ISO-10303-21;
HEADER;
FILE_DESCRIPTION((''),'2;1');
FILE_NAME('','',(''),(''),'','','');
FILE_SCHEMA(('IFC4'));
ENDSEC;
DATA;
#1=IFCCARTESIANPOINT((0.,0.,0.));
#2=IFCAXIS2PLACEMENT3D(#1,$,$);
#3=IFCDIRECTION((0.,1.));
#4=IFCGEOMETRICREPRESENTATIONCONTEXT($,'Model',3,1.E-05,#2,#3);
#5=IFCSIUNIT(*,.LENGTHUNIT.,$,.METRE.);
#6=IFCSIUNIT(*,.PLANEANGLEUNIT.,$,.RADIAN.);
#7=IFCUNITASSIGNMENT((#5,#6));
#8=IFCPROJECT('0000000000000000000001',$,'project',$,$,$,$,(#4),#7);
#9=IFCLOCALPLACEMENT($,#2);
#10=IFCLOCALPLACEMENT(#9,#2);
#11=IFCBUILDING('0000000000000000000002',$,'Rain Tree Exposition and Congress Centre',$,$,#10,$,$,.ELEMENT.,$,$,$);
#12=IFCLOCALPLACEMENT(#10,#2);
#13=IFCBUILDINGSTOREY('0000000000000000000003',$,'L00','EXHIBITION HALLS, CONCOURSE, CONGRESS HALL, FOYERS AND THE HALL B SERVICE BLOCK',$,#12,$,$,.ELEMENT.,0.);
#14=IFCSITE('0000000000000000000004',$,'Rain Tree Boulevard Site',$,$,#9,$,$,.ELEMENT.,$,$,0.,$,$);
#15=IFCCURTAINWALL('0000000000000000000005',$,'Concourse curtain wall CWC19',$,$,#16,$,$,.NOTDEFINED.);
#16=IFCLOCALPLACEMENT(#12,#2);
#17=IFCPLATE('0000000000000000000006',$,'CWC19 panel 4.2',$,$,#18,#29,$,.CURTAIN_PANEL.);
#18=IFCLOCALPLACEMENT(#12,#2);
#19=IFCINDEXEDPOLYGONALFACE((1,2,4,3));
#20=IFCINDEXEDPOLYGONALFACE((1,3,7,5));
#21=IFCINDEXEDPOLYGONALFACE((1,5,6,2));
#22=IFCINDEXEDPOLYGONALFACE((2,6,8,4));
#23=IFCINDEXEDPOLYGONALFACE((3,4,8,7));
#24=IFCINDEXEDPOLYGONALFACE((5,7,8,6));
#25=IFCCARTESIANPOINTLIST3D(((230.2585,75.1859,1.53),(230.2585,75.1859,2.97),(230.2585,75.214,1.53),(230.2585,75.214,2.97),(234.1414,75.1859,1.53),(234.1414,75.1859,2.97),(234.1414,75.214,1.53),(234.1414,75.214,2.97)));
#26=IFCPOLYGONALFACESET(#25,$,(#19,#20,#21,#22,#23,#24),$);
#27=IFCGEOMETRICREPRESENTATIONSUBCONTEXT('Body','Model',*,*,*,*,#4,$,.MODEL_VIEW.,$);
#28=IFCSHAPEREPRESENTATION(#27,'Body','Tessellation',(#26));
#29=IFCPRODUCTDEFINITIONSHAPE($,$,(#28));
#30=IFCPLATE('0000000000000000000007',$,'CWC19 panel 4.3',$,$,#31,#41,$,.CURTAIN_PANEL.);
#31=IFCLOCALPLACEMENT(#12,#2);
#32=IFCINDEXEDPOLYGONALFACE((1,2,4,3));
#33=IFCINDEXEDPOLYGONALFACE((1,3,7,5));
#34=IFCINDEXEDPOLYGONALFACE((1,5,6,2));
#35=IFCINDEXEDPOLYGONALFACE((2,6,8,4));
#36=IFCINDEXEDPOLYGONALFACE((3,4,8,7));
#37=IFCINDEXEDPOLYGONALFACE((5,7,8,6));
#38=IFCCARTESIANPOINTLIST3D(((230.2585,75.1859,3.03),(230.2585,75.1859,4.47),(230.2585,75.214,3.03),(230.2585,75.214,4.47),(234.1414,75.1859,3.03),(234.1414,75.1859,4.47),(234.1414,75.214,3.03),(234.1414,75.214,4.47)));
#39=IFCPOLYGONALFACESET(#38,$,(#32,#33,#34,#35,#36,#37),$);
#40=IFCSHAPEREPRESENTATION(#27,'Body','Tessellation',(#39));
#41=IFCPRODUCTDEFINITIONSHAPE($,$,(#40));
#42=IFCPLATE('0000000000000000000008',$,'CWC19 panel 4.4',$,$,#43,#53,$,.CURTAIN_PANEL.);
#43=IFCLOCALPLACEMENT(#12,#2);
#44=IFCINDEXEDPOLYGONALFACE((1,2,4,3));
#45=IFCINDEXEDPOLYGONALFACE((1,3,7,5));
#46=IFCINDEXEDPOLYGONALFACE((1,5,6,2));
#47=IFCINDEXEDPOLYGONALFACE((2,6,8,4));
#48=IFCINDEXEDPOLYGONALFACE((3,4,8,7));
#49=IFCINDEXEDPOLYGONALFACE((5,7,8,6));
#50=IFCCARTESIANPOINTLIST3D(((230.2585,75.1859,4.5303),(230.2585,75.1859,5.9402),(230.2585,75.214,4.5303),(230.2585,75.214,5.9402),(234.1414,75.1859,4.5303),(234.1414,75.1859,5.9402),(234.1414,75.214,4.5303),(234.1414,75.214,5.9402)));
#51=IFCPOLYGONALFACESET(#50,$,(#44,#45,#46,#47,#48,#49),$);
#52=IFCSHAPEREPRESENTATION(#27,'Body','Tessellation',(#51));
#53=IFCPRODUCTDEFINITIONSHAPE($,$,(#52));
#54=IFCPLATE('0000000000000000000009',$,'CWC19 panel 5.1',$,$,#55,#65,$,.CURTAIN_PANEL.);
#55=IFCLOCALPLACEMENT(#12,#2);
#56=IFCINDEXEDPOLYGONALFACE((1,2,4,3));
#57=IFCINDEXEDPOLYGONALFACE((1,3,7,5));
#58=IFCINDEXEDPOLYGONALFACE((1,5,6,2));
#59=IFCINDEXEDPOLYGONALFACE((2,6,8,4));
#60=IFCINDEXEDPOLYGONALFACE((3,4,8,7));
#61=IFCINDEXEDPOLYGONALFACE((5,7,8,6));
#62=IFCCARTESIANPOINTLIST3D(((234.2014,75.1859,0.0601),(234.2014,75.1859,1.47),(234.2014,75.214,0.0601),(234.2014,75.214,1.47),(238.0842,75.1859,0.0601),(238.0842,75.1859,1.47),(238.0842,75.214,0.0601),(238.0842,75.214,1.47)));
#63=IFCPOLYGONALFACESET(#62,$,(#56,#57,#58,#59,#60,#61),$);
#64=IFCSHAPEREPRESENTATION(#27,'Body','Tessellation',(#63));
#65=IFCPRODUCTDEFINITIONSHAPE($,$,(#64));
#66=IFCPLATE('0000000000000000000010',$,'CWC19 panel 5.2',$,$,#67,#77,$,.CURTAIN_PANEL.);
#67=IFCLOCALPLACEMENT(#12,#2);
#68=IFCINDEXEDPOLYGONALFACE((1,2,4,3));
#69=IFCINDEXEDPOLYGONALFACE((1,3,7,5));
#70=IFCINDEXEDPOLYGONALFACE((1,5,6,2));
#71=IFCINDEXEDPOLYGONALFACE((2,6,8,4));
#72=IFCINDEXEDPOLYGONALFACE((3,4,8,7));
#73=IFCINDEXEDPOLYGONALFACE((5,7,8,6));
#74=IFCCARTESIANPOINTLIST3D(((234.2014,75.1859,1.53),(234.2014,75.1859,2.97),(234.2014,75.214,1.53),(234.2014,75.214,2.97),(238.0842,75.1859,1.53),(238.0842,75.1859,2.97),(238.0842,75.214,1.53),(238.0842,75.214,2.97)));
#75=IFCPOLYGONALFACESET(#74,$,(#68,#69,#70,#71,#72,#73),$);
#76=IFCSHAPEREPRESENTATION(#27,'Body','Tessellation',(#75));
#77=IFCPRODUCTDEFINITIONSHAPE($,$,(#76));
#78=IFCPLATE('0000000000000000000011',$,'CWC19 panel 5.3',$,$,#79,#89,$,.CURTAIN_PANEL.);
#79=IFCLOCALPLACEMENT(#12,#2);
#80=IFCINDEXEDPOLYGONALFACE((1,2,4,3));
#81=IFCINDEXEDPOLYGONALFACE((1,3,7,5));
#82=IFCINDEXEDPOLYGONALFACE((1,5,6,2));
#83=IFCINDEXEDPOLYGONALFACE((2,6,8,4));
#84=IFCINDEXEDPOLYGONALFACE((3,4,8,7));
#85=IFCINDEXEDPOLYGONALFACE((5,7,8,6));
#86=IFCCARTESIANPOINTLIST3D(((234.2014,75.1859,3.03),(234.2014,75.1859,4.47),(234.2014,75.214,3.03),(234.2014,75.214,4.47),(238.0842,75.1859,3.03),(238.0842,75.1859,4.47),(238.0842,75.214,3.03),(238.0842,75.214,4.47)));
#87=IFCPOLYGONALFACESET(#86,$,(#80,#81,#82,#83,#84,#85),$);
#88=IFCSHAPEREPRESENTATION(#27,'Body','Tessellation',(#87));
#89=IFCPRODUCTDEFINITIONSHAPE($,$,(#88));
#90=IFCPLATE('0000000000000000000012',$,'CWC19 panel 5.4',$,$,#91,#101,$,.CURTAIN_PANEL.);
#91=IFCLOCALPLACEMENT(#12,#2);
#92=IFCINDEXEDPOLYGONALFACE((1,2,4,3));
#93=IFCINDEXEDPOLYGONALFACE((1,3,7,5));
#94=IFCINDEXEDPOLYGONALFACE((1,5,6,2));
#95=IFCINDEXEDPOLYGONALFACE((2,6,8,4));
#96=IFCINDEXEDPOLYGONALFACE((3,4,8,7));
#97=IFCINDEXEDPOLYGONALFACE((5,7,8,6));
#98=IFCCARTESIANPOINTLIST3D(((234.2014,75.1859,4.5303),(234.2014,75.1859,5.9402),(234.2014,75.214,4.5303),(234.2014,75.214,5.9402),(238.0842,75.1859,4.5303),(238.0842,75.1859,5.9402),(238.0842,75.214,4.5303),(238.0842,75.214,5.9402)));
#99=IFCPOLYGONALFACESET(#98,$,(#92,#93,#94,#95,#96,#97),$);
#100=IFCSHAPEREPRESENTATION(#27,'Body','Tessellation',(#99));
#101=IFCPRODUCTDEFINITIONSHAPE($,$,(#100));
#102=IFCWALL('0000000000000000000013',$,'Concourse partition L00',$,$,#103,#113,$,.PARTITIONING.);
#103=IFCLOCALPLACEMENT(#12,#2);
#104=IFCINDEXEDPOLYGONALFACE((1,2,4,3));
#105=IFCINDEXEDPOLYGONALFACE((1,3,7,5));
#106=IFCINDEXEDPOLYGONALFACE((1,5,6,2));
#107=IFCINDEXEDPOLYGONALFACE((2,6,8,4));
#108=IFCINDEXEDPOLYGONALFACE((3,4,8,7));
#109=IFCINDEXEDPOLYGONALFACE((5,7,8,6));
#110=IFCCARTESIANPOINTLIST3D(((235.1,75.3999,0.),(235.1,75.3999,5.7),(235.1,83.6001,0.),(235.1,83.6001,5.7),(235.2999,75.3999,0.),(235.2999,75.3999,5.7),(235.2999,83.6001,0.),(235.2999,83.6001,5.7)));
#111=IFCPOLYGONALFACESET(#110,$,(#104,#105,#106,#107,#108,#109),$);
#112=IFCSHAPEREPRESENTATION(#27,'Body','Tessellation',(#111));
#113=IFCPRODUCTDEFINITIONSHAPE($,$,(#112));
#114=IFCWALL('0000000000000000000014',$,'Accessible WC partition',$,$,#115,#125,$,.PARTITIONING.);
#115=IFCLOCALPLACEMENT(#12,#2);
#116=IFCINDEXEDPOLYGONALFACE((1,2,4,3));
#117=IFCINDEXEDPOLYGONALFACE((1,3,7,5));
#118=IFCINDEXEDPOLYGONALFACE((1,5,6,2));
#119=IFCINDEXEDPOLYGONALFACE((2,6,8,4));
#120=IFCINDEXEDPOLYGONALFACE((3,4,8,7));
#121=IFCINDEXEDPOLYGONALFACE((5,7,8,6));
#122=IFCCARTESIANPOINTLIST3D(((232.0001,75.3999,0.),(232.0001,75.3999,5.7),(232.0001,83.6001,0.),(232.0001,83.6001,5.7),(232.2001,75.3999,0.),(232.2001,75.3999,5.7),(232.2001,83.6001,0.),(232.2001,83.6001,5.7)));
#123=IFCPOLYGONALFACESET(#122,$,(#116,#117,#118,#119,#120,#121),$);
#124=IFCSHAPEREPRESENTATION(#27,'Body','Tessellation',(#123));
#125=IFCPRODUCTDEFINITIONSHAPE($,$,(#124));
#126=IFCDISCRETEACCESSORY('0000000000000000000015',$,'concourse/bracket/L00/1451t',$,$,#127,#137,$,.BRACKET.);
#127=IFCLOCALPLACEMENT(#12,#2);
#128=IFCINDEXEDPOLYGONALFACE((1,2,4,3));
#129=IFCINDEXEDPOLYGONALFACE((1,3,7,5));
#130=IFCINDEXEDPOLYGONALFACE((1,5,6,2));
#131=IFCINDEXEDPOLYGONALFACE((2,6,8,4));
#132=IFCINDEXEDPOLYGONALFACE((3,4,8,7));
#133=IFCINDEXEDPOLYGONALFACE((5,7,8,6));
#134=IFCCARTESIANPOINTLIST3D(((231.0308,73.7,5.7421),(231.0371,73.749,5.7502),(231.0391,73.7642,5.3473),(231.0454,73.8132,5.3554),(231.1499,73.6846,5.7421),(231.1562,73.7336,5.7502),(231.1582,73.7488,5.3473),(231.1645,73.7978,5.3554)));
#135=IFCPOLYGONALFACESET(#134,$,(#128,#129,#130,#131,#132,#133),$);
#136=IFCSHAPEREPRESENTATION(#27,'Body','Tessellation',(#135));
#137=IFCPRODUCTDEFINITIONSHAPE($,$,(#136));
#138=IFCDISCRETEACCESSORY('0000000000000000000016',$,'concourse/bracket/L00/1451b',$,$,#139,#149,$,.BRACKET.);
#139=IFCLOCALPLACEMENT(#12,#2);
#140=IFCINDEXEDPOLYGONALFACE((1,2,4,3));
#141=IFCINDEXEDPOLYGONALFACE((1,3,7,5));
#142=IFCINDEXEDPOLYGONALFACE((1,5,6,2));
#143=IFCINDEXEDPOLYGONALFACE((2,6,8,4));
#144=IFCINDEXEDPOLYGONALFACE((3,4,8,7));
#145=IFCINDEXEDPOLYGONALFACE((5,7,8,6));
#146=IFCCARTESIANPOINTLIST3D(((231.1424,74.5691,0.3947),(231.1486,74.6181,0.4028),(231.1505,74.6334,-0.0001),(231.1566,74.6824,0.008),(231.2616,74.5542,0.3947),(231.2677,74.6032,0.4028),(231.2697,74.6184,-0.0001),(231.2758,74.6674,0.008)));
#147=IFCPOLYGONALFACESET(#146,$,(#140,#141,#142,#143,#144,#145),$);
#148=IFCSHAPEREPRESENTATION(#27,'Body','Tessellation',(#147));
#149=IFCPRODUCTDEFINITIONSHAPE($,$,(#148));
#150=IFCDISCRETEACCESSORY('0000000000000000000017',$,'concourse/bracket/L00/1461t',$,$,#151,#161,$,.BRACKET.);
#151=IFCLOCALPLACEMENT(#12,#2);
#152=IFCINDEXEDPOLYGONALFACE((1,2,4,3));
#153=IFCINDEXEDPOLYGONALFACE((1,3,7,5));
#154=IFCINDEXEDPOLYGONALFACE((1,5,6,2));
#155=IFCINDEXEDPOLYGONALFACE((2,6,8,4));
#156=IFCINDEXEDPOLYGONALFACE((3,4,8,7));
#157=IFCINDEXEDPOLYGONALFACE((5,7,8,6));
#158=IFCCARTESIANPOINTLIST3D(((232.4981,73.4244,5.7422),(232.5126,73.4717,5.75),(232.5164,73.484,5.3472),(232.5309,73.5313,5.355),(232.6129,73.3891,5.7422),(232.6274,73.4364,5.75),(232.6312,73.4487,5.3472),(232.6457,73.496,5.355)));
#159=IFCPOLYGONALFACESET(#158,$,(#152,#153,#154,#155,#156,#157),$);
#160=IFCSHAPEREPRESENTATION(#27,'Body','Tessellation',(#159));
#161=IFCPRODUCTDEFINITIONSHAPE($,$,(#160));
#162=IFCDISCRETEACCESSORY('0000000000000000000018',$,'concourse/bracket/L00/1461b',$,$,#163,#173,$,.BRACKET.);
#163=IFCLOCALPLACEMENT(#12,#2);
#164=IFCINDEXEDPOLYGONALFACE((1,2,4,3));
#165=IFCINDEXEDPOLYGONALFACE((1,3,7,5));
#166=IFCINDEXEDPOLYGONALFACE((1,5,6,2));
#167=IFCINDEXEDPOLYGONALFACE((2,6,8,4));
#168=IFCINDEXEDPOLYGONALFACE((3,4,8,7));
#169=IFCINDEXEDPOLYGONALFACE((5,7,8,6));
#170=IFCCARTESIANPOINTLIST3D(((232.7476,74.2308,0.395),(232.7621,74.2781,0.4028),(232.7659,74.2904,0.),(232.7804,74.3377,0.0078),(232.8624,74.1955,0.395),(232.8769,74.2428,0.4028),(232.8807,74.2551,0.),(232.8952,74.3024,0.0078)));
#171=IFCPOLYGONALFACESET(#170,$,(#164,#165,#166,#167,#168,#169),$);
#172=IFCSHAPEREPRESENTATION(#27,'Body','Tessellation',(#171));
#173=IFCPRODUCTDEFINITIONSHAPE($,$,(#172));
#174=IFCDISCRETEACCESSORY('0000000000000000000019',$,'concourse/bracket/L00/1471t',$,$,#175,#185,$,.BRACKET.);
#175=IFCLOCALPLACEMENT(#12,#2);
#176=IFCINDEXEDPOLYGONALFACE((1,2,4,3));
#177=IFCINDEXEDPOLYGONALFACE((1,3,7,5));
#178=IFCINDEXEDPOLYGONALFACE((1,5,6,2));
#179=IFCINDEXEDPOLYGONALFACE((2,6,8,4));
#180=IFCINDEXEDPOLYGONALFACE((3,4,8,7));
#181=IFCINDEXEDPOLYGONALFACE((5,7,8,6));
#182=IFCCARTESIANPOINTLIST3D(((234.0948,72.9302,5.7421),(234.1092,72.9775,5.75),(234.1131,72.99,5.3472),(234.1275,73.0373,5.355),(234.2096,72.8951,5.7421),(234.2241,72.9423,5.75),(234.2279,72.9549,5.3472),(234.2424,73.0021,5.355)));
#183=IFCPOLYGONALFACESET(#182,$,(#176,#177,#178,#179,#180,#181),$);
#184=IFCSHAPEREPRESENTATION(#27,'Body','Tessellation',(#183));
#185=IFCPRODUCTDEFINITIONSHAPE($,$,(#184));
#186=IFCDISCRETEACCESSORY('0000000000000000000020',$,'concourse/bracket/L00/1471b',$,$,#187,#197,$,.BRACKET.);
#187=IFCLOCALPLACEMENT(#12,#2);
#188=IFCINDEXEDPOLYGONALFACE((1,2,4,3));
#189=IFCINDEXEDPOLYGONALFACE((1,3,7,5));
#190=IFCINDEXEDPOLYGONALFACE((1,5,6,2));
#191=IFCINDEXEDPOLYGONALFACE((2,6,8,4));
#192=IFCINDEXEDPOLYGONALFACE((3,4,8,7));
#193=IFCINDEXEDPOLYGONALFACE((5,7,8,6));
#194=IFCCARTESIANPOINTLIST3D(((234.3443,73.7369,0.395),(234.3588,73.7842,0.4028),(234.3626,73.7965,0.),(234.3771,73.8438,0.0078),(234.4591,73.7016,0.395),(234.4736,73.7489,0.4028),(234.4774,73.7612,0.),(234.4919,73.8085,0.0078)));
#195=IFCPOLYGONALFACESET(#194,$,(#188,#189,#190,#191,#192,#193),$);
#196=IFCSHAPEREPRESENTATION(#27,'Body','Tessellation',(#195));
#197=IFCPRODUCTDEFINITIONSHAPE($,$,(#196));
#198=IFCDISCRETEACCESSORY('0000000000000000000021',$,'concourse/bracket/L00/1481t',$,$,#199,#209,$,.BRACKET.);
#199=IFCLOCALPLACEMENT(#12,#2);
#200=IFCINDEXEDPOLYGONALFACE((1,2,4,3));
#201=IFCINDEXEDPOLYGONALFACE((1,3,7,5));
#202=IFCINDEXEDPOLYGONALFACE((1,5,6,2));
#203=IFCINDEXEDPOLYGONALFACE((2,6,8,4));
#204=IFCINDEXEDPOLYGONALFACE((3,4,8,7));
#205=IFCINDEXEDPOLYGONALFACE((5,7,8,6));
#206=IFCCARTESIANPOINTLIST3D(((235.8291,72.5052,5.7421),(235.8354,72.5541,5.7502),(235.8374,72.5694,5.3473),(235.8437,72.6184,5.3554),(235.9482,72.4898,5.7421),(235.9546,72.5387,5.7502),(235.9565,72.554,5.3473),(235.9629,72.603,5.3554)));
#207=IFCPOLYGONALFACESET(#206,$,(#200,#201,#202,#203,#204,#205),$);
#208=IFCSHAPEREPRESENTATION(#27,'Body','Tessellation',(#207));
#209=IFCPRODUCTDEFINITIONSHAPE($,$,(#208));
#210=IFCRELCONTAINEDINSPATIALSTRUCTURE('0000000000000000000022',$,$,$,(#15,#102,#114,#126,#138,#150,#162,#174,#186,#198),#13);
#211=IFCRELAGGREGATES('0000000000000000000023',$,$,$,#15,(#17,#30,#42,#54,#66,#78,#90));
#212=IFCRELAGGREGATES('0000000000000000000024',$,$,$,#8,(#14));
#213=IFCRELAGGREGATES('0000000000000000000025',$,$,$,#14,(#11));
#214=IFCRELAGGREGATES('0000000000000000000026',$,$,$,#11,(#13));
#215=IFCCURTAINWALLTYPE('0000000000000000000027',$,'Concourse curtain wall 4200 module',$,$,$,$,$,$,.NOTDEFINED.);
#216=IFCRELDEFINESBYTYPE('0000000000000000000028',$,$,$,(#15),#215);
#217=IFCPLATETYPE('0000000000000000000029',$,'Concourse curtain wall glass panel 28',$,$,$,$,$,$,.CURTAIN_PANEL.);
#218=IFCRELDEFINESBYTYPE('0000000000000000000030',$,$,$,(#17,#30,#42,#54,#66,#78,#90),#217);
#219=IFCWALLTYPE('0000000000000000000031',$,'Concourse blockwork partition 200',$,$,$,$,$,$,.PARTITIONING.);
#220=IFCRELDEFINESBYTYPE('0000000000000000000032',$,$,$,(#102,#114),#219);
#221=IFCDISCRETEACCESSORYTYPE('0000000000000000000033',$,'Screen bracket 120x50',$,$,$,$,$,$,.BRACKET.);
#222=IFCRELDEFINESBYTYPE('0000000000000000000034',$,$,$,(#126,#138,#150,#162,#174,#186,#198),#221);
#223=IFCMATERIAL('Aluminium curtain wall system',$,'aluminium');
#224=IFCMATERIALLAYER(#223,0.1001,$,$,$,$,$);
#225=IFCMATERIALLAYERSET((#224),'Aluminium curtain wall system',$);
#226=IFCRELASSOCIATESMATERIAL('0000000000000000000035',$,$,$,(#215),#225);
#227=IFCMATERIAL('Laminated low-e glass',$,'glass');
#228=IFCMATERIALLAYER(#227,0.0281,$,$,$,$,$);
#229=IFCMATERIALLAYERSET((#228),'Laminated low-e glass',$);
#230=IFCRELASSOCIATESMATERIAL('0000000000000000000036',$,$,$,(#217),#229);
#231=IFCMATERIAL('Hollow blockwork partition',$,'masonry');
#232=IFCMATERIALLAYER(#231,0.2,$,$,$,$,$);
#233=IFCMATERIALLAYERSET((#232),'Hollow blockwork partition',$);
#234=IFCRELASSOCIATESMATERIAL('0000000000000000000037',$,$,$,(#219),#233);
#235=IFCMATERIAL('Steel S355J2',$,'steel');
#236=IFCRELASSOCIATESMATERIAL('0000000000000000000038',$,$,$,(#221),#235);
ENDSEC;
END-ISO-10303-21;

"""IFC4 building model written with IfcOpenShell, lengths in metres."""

from ifc_helpers import new_model, si_unit, direction, frame, frame_2d, origin, origin_2d, place, context, subcontext, project, spatial, rectangle, extrude, material, layer, layer_set, material_profile, profile_set, type_object, element, aggregate, save


model = new_model("IFC4")

# Units and contexts
model_context = context("Model", 3, precision=1e-05, world=origin(), true_north=direction((0.0, 1.0)))
body_context = subcontext(model_context, "Body", "Model", "MODEL_VIEW")
ifc_project = project(units=[si_unit("LENGTHUNIT", "METRE"), si_unit("PLANEANGLEUNIT", "RADIAN")], contexts=[model_context])

# Site, building, storey
site_placement = place(None, origin())
site = spatial("IfcSite", under=ifc_project, at=site_placement, Name="Rain Tree Boulevard Site", CompositionType="ELEMENT", RefElevation=0.0)
building_placement = place(site_placement, origin())
building = spatial("IfcBuilding", under=site, at=building_placement, Name="Rain Tree Exposition and Congress Centre", CompositionType="ELEMENT")
storey_placement = place(building_placement, origin())
storey = spatial("IfcBuildingStorey", under=building, at=storey_placement, Name="L00", Description="EXHIBITION HALLS, CONCOURSE, CONGRESS HALL, FOYERS AND THE HALL B SERVICE BLOCK", CompositionType="ELEMENT", Elevation=0.0)

# Curtain wall, plates
ifc_material_1 = material(Name="Aluminium curtain wall system", Category="aluminium")
ifc_layer_1 = layer(ifc_material_1, 0.1001)
ifc_layer_set_1 = layer_set([ifc_layer_1], Name="Aluminium curtain wall system")
curtain_wall_type = type_object("IfcCurtainWallType", Name="Concourse curtain wall 4200 module", PredefinedType="NOTDEFINED", material=ifc_layer_set_1)
curtain_wall_placement = place(storey_placement, origin())
curtain_wall = element("IfcCurtainWall", 1, at=curtain_wall_placement, inside=storey, type_object=curtain_wall_type, Name="Concourse curtain wall CWC19", PredefinedType="NOTDEFINED")
ifc_material_2 = material(Name="Laminated low-e glass", Category="glass")
ifc_layer_2 = layer(ifc_material_2, 0.0281)
ifc_layer_set_2 = layer_set([ifc_layer_2], Name="Laminated low-e glass")
plate_type = type_object("IfcPlateType", Name="Concourse curtain wall glass panel 28", PredefinedType="CURTAIN_PANEL", material=ifc_layer_set_2)
plate_1_placement = place(storey_placement, frame((232.2, 75.2, 1.53), z_axis=(0.0, 0.0, 1.0), x_axis=(1.0, 0.0, 0.0)))
plate_1 = element("IfcPlate", 2, at=plate_1_placement, type_object=plate_type, Name="CWC19 panel 4.2", PredefinedType="CURTAIN_PANEL", context=body_context, shape_type="SweptSolid", body=[
    extrude(rectangle(XDim=3.8828, YDim=0.0281, at=origin_2d()), origin(), (0.0, 0.0, 1.0), 1.4399),
])
plate_2_placement = place(storey_placement, frame((232.2, 75.2, 3.03), z_axis=(0.0, 0.0, 1.0), x_axis=(1.0, 0.0, 0.0)))
plate_2 = element("IfcPlate", 3, at=plate_2_placement, type_object=plate_type, Name="CWC19 panel 4.3", PredefinedType="CURTAIN_PANEL", context=body_context, shape_type="SweptSolid", body=[
    extrude(rectangle(XDim=3.8828, YDim=0.0281, at=origin_2d()), origin(), (0.0, 0.0, 1.0), 1.4399),
])
plate_3_placement = place(storey_placement, frame((232.2, 75.2, 4.5303), z_axis=(0.0, 0.0, 1.0), x_axis=(1.0, 0.0, 0.0)))
plate_3 = element("IfcPlate", 4, at=plate_3_placement, type_object=plate_type, Name="CWC19 panel 4.4", PredefinedType="CURTAIN_PANEL", context=body_context, shape_type="SweptSolid", body=[
    extrude(rectangle(XDim=3.8828, YDim=0.0281, at=origin_2d()), origin(), (0.0, 0.0, 1.0), 1.4099),
])
plate_4_placement = place(storey_placement, frame((236.1428, 75.2, 0.0601), z_axis=(0.0, 0.0, 1.0), x_axis=(1.0, 0.0, 0.0)))
plate_4 = element("IfcPlate", 5, at=plate_4_placement, type_object=plate_type, Name="CWC19 panel 5.1", PredefinedType="CURTAIN_PANEL", context=body_context, shape_type="SweptSolid", body=[
    extrude(rectangle(XDim=3.8828, YDim=0.0281, at=origin_2d()), origin(), (0.0, 0.0, 1.0), 1.4099),
])
plate_5_placement = place(storey_placement, frame((236.1428, 75.2, 1.53), z_axis=(0.0, 0.0, 1.0), x_axis=(1.0, 0.0, 0.0)))
plate_5 = element("IfcPlate", 6, at=plate_5_placement, type_object=plate_type, Name="CWC19 panel 5.2", PredefinedType="CURTAIN_PANEL", context=body_context, shape_type="SweptSolid", body=[
    extrude(rectangle(XDim=3.8828, YDim=0.0281, at=origin_2d()), origin(), (0.0, 0.0, 1.0), 1.4399),
])
plate_6_placement = place(storey_placement, frame((236.1428, 75.2, 3.03), z_axis=(0.0, 0.0, 1.0), x_axis=(1.0, 0.0, 0.0)))
plate_6 = element("IfcPlate", 7, at=plate_6_placement, type_object=plate_type, Name="CWC19 panel 5.3", PredefinedType="CURTAIN_PANEL", context=body_context, shape_type="SweptSolid", body=[
    extrude(rectangle(XDim=3.8828, YDim=0.0281, at=origin_2d()), origin(), (0.0, 0.0, 1.0), 1.4399),
])
plate_7_placement = place(storey_placement, frame((236.1428, 75.2, 4.5303), z_axis=(0.0, 0.0, 1.0), x_axis=(1.0, 0.0, 0.0)))
plate_7 = element("IfcPlate", 8, at=plate_7_placement, type_object=plate_type, Name="CWC19 panel 5.4", PredefinedType="CURTAIN_PANEL", context=body_context, shape_type="SweptSolid", body=[
    extrude(rectangle(XDim=3.8828, YDim=0.0281, at=origin_2d()), origin(), (0.0, 0.0, 1.0), 1.4099),
])
aggregate(curtain_wall, [plate_1, plate_2, plate_3, plate_4, plate_5, plate_6, plate_7])

# Walls
ifc_material_3 = material(Name="Hollow blockwork partition", Category="masonry")
ifc_layer_3 = layer(ifc_material_3, 0.2)
ifc_layer_set_3 = layer_set([ifc_layer_3], Name="Hollow blockwork partition")
wall_type = type_object("IfcWallType", Name="Concourse blockwork partition 200", PredefinedType="PARTITIONING", material=ifc_layer_set_3)
for number, where, z_axis, x_axis, name in (
    (9, (235.2, 75.3999, 0.0), (0.0, 0.0, 1.0), (0.0, 1.0, 0.0), "Concourse partition L00"),
    (10, (232.1001, 75.3999, 0.0), (0.0, 0.0, 1.0), (0.0, 1.0, 0.0), "Accessible WC partition"),
):
    element("IfcWall", number, at=place(storey_placement, frame(where, z_axis=z_axis, x_axis=x_axis)), inside=storey, type_object=wall_type, Name=name, PredefinedType="PARTITIONING", context=body_context, shape_type="SweptSolid", body=[
        extrude(rectangle(XDim=8.2002, YDim=0.2, at=frame_2d((4.1001, 0.0))), origin(), (0.0, 0.0, 1.0), 5.7),
    ])

# Discrete accessories
ifc_material_4 = material(Name="Steel S355J2", Category="steel")
ifc_material_profile_1 = material_profile(ifc_material_4, rectangle(XDim=0.1201, YDim=0.05, at=origin_2d()), Name="Flat bar 120x50")
ifc_profile_set_1 = profile_set([ifc_material_profile_1], Name="Steel S355J2")
discrete_accessory_type = type_object("IfcDiscreteAccessoryType", Name="Screen bracket 120x50", PredefinedType="BRACKET", material=ifc_profile_set_1)
for number, where, z_axis, x_axis, name in (
    (11, (231.1018, 73.781, 5.3513), (-0.020749, -0.160503, 0.986817), (0.991747, -0.128211, 0.0), "concourse/bracket/L00/1451t"),
    (12, (231.2131, 74.6504, 0.0039), (-0.020139, -0.160505, 0.98683), (0.99222, -0.124499, 0.0), "concourse/bracket/L00/1451b"),
):
    element("IfcDiscreteAccessory", number, at=place(storey_placement, frame(where, z_axis=z_axis, x_axis=x_axis)), inside=storey, type_object=discrete_accessory_type, Name=name, PredefinedType="BRACKET", context=body_context, shape_type="SweptSolid", body=[
        extrude(rectangle(XDim=0.1201, YDim=0.05, at=origin_2d()), origin(), (0.0, 0.0, 1.0), 0.4001),
    ])
for number, where, z_axis, x_axis, name in (
    (13, (232.5811, 73.49, 5.3511), (-0.045787, -0.148961, 0.987782), (0.955864, -0.293811, 0.0), "concourse/bracket/L00/1461t"),
    (14, (232.8306, 74.2964, 0.0039), (-0.045787, -0.148961, 0.987782), (0.955864, -0.293811, 0.0), "concourse/bracket/L00/1461b"),
    (15, (234.1777, 72.9961, 5.3511), (-0.045783, -0.149558, 0.987692), (0.9562, -0.292714, 0.0), "concourse/bracket/L00/1471t"),
    (16, (234.4272, 73.8025, 0.0039), (-0.045787, -0.148961, 0.987782), (0.955864, -0.293811, 0.0), "concourse/bracket/L00/1471b"),
):
    element("IfcDiscreteAccessory", number, at=place(storey_placement, frame(where, z_axis=z_axis, x_axis=x_axis)), inside=storey, type_object=discrete_accessory_type, Name=name, PredefinedType="BRACKET", context=body_context, shape_type="SweptSolid", body=[
        extrude(rectangle(XDim=0.1201, YDim=0.05, at=origin_2d()), origin(), (0.0, 0.0, 1.0), 0.3999),
    ])
for number, where, z_axis, x_axis, name in (
    (17, (235.9001, 72.5862, 5.3513), (-0.020749, -0.160503, 0.986817), (0.991747, -0.128211, 0.0), "concourse/bracket/L00/1481t"),
):
    element("IfcDiscreteAccessory", number, at=place(storey_placement, frame(where, z_axis=z_axis, x_axis=x_axis)), inside=storey, type_object=discrete_accessory_type, Name=name, PredefinedType="BRACKET", context=body_context, shape_type="SweptSolid", body=[
        extrude(rectangle(XDim=0.1201, YDim=0.05, at=origin_2d()), origin(), (0.0, 0.0, 1.0), 0.4001),
    ])

save(model, "model.ifc")
